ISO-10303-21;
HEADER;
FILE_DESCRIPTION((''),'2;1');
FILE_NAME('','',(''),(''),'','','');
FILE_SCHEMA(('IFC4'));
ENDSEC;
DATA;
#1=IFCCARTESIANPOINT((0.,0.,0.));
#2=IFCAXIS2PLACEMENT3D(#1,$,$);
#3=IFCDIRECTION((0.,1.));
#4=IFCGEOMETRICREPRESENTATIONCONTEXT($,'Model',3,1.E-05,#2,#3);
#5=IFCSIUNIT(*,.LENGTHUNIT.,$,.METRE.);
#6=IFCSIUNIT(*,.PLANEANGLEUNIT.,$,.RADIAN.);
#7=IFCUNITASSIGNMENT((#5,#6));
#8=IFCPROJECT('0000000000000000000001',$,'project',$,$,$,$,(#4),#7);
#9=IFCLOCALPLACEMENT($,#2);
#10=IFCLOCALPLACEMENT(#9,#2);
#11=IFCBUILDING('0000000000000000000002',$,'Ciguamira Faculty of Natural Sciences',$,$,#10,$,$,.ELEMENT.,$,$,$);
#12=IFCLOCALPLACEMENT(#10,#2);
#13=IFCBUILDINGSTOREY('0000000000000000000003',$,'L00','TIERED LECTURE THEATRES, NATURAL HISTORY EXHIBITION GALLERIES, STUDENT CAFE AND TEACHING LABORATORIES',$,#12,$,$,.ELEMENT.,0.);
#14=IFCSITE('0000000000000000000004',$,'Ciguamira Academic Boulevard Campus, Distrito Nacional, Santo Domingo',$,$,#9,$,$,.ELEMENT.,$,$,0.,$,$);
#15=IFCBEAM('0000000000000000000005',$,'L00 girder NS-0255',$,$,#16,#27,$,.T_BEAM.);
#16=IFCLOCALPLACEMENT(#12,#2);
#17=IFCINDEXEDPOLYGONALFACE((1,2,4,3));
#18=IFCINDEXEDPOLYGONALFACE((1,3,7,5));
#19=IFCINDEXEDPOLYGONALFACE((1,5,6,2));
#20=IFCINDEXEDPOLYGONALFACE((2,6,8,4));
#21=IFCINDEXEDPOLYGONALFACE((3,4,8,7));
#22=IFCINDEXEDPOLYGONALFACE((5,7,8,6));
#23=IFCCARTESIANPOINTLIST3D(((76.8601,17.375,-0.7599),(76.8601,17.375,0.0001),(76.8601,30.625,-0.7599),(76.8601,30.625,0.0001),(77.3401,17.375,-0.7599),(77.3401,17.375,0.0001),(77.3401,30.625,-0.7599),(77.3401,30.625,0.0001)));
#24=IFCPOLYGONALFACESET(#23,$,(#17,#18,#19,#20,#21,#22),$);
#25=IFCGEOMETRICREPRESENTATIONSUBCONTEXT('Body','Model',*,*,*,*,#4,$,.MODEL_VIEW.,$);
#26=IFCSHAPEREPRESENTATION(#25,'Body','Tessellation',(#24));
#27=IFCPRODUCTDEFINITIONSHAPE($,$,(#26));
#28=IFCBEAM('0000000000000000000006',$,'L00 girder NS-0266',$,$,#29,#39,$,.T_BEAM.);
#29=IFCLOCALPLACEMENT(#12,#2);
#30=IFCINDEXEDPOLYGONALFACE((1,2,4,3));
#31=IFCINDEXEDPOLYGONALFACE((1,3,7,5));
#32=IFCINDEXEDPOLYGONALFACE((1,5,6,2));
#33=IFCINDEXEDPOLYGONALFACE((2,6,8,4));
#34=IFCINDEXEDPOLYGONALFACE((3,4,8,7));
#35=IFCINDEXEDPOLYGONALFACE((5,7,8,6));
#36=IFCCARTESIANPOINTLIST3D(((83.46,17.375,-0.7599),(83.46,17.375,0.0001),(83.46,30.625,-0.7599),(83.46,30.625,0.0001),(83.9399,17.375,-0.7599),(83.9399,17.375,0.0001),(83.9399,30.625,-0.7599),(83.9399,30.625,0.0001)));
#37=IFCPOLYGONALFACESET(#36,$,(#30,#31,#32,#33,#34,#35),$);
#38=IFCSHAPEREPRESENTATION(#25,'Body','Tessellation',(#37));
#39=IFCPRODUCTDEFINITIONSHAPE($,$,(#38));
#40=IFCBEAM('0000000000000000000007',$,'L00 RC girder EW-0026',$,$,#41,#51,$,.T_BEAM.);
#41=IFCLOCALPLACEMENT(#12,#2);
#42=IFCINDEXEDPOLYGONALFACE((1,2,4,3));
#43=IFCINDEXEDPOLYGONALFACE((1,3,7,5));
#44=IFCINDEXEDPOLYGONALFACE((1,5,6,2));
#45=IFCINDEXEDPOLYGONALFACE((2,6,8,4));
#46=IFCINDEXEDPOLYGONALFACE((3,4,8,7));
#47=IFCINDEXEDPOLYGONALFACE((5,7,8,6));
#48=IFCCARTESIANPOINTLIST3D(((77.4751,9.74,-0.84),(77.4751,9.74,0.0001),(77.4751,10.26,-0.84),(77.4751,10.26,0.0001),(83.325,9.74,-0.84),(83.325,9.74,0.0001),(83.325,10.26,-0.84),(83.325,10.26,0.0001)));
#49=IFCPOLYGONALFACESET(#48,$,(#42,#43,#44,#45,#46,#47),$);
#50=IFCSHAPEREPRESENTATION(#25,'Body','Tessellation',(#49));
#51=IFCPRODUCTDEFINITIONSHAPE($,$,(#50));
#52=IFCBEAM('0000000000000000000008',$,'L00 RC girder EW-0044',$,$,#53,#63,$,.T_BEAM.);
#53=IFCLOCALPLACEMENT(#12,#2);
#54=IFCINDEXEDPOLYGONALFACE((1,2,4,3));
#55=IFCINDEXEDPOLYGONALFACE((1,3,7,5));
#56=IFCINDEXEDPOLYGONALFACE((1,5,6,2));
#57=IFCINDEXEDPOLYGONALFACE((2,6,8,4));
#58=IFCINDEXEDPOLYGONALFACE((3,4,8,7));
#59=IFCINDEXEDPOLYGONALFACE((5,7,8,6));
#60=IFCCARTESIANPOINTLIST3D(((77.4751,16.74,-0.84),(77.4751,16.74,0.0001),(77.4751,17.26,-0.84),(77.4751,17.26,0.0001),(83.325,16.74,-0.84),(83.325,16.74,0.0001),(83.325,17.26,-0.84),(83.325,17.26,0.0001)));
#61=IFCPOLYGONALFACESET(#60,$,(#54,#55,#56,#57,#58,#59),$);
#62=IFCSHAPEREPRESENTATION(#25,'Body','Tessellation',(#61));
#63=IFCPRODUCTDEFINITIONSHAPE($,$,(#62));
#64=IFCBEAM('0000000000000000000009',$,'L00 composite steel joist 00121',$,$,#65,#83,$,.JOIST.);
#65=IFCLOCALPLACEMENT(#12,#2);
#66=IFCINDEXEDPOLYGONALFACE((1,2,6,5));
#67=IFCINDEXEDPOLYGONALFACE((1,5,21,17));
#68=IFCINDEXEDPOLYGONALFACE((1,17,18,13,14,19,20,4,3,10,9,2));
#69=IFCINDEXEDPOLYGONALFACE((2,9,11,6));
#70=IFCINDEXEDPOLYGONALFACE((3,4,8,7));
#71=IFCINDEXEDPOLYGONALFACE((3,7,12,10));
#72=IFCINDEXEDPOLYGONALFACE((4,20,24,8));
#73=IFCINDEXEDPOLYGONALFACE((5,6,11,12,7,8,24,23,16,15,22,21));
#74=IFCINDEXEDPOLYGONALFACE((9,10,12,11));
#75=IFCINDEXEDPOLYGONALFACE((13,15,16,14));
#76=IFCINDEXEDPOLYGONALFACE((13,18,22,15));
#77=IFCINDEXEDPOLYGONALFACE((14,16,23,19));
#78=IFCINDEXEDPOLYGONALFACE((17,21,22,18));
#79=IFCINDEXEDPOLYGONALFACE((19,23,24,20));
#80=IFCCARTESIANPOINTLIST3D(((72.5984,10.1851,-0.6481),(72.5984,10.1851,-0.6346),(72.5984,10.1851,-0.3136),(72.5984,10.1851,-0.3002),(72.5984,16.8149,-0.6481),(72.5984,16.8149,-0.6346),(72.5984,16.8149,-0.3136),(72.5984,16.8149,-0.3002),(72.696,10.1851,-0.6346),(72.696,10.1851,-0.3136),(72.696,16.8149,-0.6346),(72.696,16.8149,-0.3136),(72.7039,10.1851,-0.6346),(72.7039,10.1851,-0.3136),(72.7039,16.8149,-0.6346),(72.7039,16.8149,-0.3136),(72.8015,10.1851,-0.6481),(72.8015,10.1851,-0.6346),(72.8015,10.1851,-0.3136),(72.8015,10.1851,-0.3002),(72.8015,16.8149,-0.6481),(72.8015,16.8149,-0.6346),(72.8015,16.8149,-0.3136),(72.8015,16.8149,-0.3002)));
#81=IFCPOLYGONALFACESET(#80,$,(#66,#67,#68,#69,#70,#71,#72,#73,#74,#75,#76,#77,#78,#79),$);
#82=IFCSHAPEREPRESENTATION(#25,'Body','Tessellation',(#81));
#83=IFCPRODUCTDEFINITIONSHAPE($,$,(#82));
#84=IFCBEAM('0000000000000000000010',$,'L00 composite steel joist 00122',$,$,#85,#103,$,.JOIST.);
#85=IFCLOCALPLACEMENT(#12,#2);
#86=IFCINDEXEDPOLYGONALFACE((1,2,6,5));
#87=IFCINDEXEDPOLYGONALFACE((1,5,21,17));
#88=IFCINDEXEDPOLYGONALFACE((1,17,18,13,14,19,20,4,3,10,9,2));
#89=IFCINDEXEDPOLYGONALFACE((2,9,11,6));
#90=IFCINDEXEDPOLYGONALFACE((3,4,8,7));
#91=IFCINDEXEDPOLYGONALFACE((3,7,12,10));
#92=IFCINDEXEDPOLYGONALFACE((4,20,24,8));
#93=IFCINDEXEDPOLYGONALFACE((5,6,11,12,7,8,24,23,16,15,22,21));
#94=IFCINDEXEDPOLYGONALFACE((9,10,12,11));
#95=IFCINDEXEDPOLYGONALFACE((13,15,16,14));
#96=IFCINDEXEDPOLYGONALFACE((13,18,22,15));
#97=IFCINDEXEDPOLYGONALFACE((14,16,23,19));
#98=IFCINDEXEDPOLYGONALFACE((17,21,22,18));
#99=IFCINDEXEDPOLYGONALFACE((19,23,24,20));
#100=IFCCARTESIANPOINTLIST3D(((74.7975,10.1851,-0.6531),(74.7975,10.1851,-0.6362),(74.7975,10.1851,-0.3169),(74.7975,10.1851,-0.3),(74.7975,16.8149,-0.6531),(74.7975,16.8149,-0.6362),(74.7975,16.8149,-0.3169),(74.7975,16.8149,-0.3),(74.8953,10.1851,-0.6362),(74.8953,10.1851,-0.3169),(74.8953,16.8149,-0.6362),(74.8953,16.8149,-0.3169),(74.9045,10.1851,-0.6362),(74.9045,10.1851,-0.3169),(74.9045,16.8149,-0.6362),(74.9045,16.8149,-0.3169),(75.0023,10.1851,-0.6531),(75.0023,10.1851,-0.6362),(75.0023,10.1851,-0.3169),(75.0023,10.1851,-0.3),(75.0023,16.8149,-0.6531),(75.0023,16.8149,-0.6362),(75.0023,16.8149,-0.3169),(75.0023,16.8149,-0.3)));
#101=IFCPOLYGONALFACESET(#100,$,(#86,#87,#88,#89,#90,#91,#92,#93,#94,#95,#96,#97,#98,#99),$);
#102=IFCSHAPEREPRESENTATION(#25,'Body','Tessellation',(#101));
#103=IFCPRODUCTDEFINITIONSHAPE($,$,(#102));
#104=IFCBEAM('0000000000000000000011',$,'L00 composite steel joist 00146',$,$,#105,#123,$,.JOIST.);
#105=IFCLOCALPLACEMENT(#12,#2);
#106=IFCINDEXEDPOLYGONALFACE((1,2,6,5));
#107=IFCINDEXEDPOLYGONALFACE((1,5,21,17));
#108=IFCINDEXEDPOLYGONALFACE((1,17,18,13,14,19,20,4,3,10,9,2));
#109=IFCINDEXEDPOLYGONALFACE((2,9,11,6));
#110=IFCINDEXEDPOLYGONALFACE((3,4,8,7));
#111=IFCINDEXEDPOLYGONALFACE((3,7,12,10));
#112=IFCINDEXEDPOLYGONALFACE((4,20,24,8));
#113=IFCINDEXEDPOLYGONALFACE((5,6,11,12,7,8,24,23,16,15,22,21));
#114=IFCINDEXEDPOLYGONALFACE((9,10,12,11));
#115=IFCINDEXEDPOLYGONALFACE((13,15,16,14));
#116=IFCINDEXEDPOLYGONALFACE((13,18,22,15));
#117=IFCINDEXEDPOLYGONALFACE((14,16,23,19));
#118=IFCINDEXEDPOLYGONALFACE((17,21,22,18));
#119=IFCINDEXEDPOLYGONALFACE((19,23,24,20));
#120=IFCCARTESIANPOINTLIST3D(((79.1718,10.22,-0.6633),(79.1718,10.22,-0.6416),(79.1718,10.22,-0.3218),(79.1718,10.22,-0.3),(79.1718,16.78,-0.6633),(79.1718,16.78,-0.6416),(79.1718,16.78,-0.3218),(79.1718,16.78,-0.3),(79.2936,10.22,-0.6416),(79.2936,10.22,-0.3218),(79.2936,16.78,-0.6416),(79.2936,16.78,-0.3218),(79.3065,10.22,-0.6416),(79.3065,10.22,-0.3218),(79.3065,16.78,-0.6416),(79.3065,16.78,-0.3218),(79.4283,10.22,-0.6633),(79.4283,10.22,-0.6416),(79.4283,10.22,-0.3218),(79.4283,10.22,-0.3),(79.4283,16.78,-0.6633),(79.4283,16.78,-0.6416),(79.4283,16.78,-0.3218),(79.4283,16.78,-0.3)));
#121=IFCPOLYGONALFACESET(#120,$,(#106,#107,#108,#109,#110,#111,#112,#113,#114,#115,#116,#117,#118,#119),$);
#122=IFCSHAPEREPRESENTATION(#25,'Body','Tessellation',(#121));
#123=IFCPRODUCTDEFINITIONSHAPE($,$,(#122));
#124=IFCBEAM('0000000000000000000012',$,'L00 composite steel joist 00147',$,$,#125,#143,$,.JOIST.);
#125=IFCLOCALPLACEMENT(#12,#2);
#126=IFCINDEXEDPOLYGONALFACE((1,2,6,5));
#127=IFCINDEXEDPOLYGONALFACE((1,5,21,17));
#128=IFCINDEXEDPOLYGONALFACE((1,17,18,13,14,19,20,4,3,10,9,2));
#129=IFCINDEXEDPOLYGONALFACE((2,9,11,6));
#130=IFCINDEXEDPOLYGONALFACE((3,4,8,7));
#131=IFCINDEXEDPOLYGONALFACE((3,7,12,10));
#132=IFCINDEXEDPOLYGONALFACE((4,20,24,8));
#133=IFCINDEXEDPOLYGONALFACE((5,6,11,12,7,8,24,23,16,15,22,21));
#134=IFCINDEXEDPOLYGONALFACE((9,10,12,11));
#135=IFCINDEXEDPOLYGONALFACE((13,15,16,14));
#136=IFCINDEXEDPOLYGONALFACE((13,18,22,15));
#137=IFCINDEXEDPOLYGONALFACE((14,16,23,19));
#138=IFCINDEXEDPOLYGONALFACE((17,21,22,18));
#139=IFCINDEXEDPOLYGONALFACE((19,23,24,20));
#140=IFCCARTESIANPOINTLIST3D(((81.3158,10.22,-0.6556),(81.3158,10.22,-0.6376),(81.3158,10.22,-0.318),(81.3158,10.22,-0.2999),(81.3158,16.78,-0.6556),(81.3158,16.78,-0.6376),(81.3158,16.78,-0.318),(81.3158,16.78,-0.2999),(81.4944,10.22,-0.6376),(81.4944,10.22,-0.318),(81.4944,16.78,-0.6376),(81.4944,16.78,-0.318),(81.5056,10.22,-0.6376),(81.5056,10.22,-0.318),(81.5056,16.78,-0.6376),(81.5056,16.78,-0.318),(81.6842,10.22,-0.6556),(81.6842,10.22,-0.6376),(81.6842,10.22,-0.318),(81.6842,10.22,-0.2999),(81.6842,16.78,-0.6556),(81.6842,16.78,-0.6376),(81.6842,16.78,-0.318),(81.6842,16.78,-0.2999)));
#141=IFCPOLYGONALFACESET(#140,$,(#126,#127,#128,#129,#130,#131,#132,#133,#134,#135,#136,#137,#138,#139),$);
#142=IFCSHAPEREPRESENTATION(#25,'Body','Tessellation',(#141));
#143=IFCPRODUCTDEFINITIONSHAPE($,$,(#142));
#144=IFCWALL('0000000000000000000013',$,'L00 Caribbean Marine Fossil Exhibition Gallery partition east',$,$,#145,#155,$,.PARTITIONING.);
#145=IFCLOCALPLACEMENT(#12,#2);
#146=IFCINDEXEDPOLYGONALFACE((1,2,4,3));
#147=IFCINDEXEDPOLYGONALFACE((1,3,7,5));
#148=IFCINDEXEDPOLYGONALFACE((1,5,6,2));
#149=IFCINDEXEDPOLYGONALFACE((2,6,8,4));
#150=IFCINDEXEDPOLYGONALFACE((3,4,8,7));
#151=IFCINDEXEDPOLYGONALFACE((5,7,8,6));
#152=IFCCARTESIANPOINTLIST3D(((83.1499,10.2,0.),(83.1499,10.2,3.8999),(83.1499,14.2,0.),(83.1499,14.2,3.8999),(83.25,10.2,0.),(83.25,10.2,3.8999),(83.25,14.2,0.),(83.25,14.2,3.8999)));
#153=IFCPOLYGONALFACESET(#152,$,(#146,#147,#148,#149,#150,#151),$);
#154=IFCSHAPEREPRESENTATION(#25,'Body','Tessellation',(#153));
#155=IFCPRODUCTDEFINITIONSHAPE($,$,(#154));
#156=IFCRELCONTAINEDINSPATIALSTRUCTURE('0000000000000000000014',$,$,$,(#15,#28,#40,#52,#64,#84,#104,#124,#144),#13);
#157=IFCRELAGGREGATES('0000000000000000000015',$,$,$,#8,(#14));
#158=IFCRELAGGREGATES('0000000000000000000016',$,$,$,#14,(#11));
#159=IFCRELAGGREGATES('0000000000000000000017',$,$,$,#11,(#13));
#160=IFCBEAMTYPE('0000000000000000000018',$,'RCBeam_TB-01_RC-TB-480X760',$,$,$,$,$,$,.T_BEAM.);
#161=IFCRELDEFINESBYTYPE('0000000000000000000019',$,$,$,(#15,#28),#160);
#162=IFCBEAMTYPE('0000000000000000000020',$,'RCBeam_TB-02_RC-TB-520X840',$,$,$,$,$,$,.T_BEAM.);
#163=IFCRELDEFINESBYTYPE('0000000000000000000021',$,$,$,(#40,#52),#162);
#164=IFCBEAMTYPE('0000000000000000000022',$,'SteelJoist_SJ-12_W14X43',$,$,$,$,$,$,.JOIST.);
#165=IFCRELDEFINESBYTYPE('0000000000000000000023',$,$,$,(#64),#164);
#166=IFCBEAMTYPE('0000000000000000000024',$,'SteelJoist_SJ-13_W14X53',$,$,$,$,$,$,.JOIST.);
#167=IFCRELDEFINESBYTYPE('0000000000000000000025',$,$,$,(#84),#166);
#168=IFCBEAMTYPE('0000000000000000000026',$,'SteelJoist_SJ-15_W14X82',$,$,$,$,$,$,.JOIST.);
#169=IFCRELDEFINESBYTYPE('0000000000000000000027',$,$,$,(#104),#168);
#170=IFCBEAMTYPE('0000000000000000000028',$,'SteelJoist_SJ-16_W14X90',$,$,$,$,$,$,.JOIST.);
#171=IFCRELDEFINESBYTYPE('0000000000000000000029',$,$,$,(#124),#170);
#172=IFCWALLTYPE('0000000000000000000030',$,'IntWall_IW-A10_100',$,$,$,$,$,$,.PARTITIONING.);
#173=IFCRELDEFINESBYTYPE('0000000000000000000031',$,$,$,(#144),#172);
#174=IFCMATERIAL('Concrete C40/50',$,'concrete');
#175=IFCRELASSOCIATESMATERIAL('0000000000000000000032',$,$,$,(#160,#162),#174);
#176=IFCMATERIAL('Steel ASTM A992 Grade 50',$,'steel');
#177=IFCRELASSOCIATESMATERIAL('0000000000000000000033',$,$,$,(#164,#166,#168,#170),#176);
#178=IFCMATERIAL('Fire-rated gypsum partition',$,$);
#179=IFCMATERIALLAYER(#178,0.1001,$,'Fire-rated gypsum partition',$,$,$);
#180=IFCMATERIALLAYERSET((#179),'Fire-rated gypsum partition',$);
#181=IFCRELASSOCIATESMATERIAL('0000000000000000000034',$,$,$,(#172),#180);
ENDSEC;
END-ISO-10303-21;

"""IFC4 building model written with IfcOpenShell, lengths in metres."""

from ifc_helpers import new_model, si_unit, direction, frame, frame_2d, origin, origin_2d, place, context, subcontext, project, spatial, rectangle, i_section, extrude, material, layer, layer_set, material_profile, profile_set, type_object, element, save


model = new_model("IFC4")

# Units and contexts
model_context = context("Model", 3, precision=1e-05, world=origin(), true_north=direction((0.0, 1.0)))
body_context = subcontext(model_context, "Body", "Model", "MODEL_VIEW")
ifc_project = project(units=[si_unit("LENGTHUNIT", "METRE"), si_unit("PLANEANGLEUNIT", "RADIAN")], contexts=[model_context])

# Site, building, storey
site_placement = place(None, origin())
site = spatial("IfcSite", under=ifc_project, at=site_placement, Name="Ciguamira Academic Boulevard Campus, Distrito Nacional, Santo Domingo", CompositionType="ELEMENT", RefElevation=0.0)
building_placement = place(site_placement, origin())
building = spatial("IfcBuilding", under=site, at=building_placement, Name="Ciguamira Faculty of Natural Sciences", CompositionType="ELEMENT")
storey_placement = place(building_placement, origin())
storey = spatial("IfcBuildingStorey", under=building, at=storey_placement, Name="L00", Description="TIERED LECTURE THEATRES, NATURAL HISTORY EXHIBITION GALLERIES, STUDENT CAFE AND TEACHING LABORATORIES", CompositionType="ELEMENT", Elevation=0.0)

# Shared definitions
ifc_material_1 = material(Name="Concrete C40/50", Category="concrete")

# Beams
ifc_material_profile_1 = material_profile(ifc_material_1, rectangle(XDim=0.48, YDim=0.76, at=origin_2d()), Name="RC-TB-480X760")
ifc_profile_set_1 = profile_set([ifc_material_profile_1], Name="Concrete C40/50")
beam_type_1 = type_object("IfcBeamType", Name="RCBeam_TB-01_RC-TB-480X760", PredefinedType="T_BEAM", material=ifc_profile_set_1)
for number, where, z_axis, x_axis, name in (
    (1, (77.1001, 17.375, -0.3799), (0.0, 1.0, 0.0), (-1.0, 0.0, 0.0), "L00 girder NS-0255"),
    (2, (83.7, 17.375, -0.3799), (0.0, 1.0, 0.0), (-1.0, 0.0, 0.0), "L00 girder NS-0266"),
):
    element("IfcBeam", number, at=place(storey_placement, frame(where, z_axis=z_axis, x_axis=x_axis)), inside=storey, type_object=beam_type_1, Name=name, PredefinedType="T_BEAM", context=body_context, shape_type="SweptSolid", body=[
        extrude(rectangle(XDim=0.48, YDim=0.76, at=origin_2d()), origin(), (0.0, 0.0, 1.0), 13.25),
    ])
ifc_material_profile_2 = material_profile(ifc_material_1, rectangle(XDim=0.52, YDim=0.8401, at=origin_2d()), Name="RC-TB-520X840")
ifc_profile_set_2 = profile_set([ifc_material_profile_2], Name="Concrete C40/50")
beam_type_2 = type_object("IfcBeamType", Name="RCBeam_TB-02_RC-TB-520X840", PredefinedType="T_BEAM", material=ifc_profile_set_2)
for number, where, z_axis, x_axis, name in (
    (3, (77.4751, 10.0, -0.4199), (1.0, 0.0, 0.0), (0.0, 1.0, 0.0), "L00 RC girder EW-0026"),
    (4, (77.4751, 17.0, -0.4199), (1.0, 0.0, 0.0), (0.0, 1.0, 0.0), "L00 RC girder EW-0044"),
):
    element("IfcBeam", number, at=place(storey_placement, frame(where, z_axis=z_axis, x_axis=x_axis)), inside=storey, type_object=beam_type_2, Name=name, PredefinedType="T_BEAM", context=body_context, shape_type="SweptSolid", body=[
        extrude(rectangle(XDim=0.52, YDim=0.8401, at=origin_2d()), origin(), (0.0, 0.0, 1.0), 5.8499),
    ])
ifc_material_2 = material(Name="Steel ASTM A992 Grade 50", Category="steel")
ifc_material_profile_3 = material_profile(ifc_material_2, i_section(OverallWidth=0.2031, OverallDepth=0.3479, WebThickness=0.0078, FlangeThickness=0.0134, at=origin_2d()), Name="W14X43")
ifc_profile_set_3 = profile_set([ifc_material_profile_3], Name="Steel ASTM A992 Grade 50")
beam_type_3 = type_object("IfcBeamType", Name="SteelJoist_SJ-12_W14X43", PredefinedType="JOIST", material=ifc_profile_set_3)
beam_1_placement = place(storey_placement, frame((72.7, 10.1851, -0.4741), z_axis=(0.0, 1.0, 0.0), x_axis=(-1.0, 0.0, 0.0)))
element("IfcBeam", 5, at=beam_1_placement, inside=storey, type_object=beam_type_3, Name="L00 composite steel joist 00121", PredefinedType="JOIST", context=body_context, shape_type="SweptSolid", body=[
    extrude(i_section(OverallWidth=0.2031, OverallDepth=0.3479, WebThickness=0.0078, FlangeThickness=0.0134, at=origin_2d()), origin(), (0.0, 0.0, 1.0), 6.6299),
])
ifc_material_profile_4 = material_profile(ifc_material_2, i_section(OverallWidth=0.2048, OverallDepth=0.353, WebThickness=0.0093, FlangeThickness=0.0168, at=origin_2d()), Name="W14X53")
ifc_profile_set_4 = profile_set([ifc_material_profile_4], Name="Steel ASTM A992 Grade 50")
beam_type_4 = type_object("IfcBeamType", Name="SteelJoist_SJ-13_W14X53", PredefinedType="JOIST", material=ifc_profile_set_4)
beam_2_placement = place(storey_placement, frame((74.8999, 10.1851, -0.4766), z_axis=(0.0, 1.0, 0.0), x_axis=(-1.0, 0.0, 0.0)))
element("IfcBeam", 6, at=beam_2_placement, inside=storey, type_object=beam_type_4, Name="L00 composite steel joist 00122", PredefinedType="JOIST", context=body_context, shape_type="SweptSolid", body=[
    extrude(i_section(OverallWidth=0.2048, OverallDepth=0.353, WebThickness=0.0093, FlangeThickness=0.0168, at=origin_2d()), origin(), (0.0, 0.0, 1.0), 6.6299),
])
ifc_material_profile_5 = material_profile(ifc_material_2, i_section(OverallWidth=0.2566, OverallDepth=0.3633, WebThickness=0.0129, FlangeThickness=0.0217, at=origin_2d()), Name="W14X82")
ifc_profile_set_5 = profile_set([ifc_material_profile_5], Name="Steel ASTM A992 Grade 50")
beam_type_5 = type_object("IfcBeamType", Name="SteelJoist_SJ-15_W14X82", PredefinedType="JOIST", material=ifc_profile_set_5)
beam_3_placement = place(storey_placement, frame((79.3, 10.22, -0.4817), z_axis=(0.0, 1.0, 0.0), x_axis=(-1.0, 0.0, 0.0)))
element("IfcBeam", 7, at=beam_3_placement, inside=storey, type_object=beam_type_5, Name="L00 composite steel joist 00146", PredefinedType="JOIST", context=body_context, shape_type="SweptSolid", body=[
    extrude(i_section(OverallWidth=0.2566, OverallDepth=0.3633, WebThickness=0.0129, FlangeThickness=0.0217, at=origin_2d()), origin(), (0.0, 0.0, 1.0), 6.5601),
])
ifc_material_profile_6 = material_profile(ifc_material_2, i_section(OverallWidth=0.3684, OverallDepth=0.3557, WebThickness=0.0112, FlangeThickness=0.0181, at=origin_2d()), Name="W14X90")
ifc_profile_set_6 = profile_set([ifc_material_profile_6], Name="Steel ASTM A992 Grade 50")
beam_type_6 = type_object("IfcBeamType", Name="SteelJoist_SJ-16_W14X90", PredefinedType="JOIST", material=ifc_profile_set_6)
beam_4_placement = place(storey_placement, frame((81.5, 10.22, -0.4778), z_axis=(0.0, 1.0, 0.0), x_axis=(-1.0, 0.0, 0.0)))
element("IfcBeam", 8, at=beam_4_placement, inside=storey, type_object=beam_type_6, Name="L00 composite steel joist 00147", PredefinedType="JOIST", context=body_context, shape_type="SweptSolid", body=[
    extrude(i_section(OverallWidth=0.3684, OverallDepth=0.3557, WebThickness=0.0112, FlangeThickness=0.0181, at=origin_2d()), origin(), (0.0, 0.0, 1.0), 6.5601),
])

# Wall
ifc_material_3 = material(Name="Fire-rated gypsum partition")
ifc_layer = layer(ifc_material_3, 0.1001, Name="Fire-rated gypsum partition")
ifc_layer_set = layer_set([ifc_layer], Name="Fire-rated gypsum partition")
wall_type = type_object("IfcWallType", Name="IntWall_IW-A10_100", PredefinedType="PARTITIONING", material=ifc_layer_set)
wall_placement = place(storey_placement, frame((83.2, 10.2, 0.0), z_axis=(0.0, 0.0, 1.0), x_axis=(0.0, 1.0, 0.0)))
element("IfcWall", 9, at=wall_placement, inside=storey, type_object=wall_type, Name="L00 Caribbean Marine Fossil Exhibition Gallery partition east", PredefinedType="PARTITIONING", context=body_context, shape_type="SweptSolid", body=[
    extrude(rectangle(XDim=4.0, YDim=0.1001, at=frame_2d((2.0, 0.0))), origin(), (0.0, 0.0, 1.0), 3.8999),
])

save(model, "model.ifc")
